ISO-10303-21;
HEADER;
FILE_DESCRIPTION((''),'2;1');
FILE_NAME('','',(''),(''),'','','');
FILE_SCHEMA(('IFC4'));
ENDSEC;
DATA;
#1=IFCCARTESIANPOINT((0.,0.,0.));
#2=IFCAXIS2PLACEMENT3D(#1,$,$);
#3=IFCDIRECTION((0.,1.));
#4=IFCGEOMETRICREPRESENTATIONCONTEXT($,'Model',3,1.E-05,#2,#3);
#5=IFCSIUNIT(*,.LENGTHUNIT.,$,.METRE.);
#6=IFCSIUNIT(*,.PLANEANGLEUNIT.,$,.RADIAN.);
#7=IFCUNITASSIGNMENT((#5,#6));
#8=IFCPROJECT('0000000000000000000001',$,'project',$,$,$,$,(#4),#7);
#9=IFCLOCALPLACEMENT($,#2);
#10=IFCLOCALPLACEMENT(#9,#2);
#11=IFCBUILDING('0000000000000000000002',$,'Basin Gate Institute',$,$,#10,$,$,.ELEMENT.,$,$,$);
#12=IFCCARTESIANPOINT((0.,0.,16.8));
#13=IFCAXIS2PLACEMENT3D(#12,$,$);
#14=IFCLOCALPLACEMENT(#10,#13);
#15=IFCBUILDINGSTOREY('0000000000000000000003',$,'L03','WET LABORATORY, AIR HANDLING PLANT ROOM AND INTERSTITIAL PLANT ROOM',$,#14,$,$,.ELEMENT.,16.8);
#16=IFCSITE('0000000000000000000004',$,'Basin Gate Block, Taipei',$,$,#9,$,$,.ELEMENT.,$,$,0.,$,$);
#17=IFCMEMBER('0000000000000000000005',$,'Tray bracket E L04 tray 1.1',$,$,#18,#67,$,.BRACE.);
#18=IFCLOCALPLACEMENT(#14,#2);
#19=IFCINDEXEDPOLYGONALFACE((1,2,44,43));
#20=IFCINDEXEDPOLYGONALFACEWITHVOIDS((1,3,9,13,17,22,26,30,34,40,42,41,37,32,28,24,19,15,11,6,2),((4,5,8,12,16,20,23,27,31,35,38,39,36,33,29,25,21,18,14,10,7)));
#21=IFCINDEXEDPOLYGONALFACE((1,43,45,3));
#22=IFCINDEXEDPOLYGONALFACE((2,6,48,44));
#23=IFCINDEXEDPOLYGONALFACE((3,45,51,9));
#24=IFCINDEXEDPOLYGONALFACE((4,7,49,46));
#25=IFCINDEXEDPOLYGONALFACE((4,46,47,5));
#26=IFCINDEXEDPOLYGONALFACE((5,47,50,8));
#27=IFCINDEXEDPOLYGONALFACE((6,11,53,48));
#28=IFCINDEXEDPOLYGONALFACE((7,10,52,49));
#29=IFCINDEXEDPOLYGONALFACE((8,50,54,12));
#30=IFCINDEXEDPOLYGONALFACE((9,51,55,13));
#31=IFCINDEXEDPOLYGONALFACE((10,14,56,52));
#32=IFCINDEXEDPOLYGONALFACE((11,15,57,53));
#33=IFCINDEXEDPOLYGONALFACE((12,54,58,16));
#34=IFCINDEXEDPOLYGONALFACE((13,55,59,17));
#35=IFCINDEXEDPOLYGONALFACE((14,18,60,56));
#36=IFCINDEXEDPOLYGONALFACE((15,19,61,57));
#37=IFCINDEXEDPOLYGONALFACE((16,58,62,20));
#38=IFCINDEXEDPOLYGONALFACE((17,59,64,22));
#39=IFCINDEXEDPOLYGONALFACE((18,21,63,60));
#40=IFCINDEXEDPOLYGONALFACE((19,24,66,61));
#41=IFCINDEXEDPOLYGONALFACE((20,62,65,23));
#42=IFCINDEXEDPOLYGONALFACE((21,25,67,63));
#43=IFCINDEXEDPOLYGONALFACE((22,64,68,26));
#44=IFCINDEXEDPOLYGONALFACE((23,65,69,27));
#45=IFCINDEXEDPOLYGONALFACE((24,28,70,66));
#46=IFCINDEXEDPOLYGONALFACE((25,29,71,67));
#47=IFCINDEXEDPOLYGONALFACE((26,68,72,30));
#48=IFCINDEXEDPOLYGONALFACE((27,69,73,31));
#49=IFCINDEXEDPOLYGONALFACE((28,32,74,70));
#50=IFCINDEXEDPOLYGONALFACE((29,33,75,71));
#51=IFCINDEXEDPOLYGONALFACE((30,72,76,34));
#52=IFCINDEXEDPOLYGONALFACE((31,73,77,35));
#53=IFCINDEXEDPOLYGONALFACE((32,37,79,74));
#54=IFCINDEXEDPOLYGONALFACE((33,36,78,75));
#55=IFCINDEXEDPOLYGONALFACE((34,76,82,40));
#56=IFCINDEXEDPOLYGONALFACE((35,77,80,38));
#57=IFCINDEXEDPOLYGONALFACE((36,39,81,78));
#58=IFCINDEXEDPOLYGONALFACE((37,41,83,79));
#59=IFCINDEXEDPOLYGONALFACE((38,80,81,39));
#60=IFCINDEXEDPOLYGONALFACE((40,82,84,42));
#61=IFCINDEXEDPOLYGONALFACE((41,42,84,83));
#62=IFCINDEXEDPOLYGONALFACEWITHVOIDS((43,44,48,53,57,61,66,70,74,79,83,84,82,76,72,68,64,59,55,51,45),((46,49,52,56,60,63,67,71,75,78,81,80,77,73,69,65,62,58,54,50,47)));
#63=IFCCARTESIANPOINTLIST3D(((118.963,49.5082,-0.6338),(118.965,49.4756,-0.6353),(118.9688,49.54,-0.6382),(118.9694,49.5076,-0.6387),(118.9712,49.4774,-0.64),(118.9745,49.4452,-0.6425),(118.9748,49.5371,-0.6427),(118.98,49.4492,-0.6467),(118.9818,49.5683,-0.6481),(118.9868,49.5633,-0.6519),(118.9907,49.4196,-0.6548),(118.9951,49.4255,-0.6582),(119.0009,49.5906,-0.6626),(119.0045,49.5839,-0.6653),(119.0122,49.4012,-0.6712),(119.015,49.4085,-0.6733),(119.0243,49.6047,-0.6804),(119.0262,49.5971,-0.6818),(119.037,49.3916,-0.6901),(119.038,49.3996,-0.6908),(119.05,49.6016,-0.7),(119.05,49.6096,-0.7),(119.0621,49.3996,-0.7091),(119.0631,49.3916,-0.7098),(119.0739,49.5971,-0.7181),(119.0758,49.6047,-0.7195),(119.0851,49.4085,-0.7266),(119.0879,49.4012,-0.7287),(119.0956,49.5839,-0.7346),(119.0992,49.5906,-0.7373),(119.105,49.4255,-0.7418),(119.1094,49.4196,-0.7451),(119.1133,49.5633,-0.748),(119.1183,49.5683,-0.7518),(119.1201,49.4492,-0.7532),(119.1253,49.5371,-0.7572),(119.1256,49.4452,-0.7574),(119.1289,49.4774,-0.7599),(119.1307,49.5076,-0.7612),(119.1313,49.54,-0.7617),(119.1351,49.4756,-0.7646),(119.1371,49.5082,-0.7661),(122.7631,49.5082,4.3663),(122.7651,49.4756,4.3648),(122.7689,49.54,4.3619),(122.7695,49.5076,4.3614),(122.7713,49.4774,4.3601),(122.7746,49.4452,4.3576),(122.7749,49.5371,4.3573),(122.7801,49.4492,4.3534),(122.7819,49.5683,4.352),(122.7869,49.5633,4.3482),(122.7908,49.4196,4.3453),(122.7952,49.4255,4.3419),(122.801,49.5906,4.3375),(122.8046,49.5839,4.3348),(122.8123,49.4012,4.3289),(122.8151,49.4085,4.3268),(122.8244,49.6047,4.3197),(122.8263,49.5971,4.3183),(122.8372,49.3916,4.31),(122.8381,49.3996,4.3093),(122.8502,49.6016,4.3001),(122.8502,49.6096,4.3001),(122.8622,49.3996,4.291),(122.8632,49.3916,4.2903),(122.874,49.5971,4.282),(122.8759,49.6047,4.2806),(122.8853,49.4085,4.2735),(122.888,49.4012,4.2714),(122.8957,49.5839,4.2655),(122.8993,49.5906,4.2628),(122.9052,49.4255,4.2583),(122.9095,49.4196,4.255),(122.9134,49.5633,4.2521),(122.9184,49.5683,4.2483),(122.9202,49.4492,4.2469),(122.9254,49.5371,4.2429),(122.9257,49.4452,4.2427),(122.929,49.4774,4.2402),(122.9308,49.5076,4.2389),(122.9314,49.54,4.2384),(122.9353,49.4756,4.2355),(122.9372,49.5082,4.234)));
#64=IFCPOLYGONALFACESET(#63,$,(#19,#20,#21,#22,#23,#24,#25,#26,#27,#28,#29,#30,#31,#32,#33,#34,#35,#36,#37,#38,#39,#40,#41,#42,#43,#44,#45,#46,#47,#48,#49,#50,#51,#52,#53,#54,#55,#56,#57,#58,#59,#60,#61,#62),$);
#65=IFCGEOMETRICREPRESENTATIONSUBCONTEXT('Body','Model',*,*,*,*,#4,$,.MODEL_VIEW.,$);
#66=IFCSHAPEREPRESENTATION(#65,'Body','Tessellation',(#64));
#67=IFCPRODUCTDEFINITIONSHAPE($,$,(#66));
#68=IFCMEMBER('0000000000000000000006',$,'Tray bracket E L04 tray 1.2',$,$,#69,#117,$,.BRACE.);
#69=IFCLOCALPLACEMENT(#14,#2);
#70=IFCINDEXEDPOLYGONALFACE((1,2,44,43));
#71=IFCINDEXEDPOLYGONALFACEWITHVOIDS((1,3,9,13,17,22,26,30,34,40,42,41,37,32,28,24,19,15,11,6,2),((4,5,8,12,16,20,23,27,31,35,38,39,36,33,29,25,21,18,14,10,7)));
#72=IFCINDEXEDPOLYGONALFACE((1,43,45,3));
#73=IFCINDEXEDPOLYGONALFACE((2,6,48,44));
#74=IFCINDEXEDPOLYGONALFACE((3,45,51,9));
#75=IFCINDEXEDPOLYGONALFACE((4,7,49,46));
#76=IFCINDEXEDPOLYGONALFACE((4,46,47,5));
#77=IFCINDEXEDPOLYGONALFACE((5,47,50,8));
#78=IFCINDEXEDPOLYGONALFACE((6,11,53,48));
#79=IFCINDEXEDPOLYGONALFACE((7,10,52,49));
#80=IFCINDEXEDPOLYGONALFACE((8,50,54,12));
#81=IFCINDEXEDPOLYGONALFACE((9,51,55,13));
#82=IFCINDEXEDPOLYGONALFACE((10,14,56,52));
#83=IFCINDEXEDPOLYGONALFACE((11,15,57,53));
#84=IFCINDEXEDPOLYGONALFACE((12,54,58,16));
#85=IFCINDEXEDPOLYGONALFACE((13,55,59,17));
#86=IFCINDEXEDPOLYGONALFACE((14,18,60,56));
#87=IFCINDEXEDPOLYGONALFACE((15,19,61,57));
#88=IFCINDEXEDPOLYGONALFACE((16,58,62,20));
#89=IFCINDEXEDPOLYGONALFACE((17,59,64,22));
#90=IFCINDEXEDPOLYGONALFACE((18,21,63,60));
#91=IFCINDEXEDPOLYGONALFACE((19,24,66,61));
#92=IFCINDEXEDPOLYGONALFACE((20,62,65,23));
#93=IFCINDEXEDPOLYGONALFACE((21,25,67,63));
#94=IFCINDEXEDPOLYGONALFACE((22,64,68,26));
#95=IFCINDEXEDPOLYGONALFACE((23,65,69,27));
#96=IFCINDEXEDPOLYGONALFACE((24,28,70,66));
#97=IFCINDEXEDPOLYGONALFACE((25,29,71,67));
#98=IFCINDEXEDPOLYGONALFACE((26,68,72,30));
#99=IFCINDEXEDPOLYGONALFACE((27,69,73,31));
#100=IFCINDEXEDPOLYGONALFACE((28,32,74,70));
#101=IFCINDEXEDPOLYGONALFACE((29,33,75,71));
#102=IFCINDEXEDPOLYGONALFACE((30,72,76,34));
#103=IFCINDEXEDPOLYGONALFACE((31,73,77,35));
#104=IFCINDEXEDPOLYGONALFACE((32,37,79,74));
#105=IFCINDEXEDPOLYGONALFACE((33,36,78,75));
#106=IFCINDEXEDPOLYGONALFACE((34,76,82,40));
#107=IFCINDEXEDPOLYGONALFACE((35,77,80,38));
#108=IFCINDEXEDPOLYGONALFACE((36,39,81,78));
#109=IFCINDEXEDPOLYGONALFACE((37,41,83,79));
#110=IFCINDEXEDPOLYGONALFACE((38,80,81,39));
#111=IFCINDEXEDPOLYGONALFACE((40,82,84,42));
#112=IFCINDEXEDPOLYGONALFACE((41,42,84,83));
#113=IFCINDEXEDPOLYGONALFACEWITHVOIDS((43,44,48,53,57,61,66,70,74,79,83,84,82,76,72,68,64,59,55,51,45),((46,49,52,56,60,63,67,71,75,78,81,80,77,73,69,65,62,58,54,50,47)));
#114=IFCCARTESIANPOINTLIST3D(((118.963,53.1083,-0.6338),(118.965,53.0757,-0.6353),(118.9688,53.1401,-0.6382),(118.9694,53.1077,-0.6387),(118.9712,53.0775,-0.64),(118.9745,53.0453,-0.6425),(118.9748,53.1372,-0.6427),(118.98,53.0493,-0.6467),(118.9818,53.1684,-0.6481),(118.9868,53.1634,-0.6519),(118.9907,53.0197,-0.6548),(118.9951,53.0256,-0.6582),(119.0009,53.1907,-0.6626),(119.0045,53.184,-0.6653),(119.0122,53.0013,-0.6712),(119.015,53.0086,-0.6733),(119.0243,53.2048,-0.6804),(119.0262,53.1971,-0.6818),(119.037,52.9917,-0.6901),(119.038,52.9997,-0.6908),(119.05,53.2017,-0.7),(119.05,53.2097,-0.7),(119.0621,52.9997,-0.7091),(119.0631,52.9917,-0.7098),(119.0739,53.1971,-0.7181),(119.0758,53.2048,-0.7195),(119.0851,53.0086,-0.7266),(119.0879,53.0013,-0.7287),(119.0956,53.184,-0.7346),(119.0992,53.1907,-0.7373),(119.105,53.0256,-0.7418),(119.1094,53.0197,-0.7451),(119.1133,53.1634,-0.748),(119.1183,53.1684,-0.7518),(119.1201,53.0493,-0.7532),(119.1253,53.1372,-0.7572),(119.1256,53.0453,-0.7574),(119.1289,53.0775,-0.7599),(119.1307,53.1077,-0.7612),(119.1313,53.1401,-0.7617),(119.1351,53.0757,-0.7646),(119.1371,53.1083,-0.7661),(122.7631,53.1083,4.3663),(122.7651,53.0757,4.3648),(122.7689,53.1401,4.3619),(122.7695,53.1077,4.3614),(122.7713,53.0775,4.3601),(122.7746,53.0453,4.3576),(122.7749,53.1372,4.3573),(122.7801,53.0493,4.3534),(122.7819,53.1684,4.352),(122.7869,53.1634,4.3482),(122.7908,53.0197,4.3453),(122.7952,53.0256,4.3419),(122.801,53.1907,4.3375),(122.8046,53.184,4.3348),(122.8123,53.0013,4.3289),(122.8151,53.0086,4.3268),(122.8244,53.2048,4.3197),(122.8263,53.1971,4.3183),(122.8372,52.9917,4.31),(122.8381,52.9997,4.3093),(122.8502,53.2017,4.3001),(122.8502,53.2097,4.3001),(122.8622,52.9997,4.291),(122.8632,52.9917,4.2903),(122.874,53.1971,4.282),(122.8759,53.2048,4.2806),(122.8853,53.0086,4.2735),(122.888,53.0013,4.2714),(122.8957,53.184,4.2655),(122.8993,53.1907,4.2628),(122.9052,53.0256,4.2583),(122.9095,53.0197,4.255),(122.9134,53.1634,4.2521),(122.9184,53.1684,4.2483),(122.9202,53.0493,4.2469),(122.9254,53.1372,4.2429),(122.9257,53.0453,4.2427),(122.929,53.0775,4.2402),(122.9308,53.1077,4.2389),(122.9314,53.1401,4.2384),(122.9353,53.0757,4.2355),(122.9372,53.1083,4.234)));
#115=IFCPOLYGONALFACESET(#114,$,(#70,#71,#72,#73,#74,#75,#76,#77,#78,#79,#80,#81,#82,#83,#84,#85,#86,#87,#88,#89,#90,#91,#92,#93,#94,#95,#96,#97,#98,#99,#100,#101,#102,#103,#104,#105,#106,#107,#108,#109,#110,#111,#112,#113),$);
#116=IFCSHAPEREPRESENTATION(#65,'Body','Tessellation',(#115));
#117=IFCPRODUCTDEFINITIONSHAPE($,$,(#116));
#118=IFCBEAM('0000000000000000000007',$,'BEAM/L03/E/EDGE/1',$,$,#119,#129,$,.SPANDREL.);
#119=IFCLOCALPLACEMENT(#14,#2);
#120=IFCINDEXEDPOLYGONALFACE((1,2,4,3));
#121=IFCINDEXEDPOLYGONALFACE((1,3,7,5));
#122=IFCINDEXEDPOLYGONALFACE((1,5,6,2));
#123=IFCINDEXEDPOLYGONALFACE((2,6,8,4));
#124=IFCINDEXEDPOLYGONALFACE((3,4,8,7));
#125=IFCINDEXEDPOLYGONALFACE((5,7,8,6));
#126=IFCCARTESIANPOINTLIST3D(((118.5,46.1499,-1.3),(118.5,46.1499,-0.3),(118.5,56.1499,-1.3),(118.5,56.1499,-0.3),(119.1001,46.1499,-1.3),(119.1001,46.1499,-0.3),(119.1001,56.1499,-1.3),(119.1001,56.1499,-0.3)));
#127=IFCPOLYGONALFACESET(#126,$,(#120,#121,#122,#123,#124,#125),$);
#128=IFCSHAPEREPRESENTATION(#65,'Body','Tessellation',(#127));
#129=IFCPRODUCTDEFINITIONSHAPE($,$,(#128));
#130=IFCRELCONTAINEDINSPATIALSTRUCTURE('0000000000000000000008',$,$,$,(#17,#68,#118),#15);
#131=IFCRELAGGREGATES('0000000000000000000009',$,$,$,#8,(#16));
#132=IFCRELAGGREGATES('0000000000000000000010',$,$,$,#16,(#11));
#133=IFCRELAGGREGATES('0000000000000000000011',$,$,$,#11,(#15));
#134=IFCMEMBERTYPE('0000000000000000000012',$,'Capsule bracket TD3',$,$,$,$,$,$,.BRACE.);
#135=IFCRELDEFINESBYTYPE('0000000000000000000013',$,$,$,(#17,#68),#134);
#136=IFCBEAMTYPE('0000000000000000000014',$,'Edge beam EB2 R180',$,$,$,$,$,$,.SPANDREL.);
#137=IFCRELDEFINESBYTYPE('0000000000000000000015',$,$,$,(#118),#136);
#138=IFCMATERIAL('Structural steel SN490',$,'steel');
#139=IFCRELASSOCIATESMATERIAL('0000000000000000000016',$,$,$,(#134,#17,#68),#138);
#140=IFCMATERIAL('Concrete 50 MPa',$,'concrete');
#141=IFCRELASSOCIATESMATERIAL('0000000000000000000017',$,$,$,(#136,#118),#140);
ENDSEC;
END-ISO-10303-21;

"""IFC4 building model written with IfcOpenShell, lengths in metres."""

from ifc_helpers import new_model, si_unit, direction, frame, origin, origin_2d, place, context, subcontext, project, spatial, rectangle, hollow_circle, extrude, material, material_profile, profile_set, type_object, element, save


model = new_model("IFC4")

# Units and contexts
model_context = context("Model", 3, precision=1e-05, world=origin(), true_north=direction((0.0, 1.0)))
body_context = subcontext(model_context, "Body", "Model", "MODEL_VIEW")
ifc_project = project(units=[si_unit("LENGTHUNIT", "METRE"), si_unit("PLANEANGLEUNIT", "RADIAN")], contexts=[model_context])

# Site, building, storey
site_placement = place(None, origin())
site = spatial("IfcSite", under=ifc_project, at=site_placement, Name="Basin Gate Block, Taipei", CompositionType="ELEMENT", RefElevation=0.0)
building_placement = place(site_placement, origin())
building = spatial("IfcBuilding", under=site, at=building_placement, Name="Basin Gate Institute", CompositionType="ELEMENT")
storey_placement = place(building_placement, frame((0.0, 0.0, 16.8)))
storey = spatial("IfcBuildingStorey", under=building, at=storey_placement, Name="L03", Description="WET LABORATORY, AIR HANDLING PLANT ROOM AND INTERSTITIAL PLANT ROOM", CompositionType="ELEMENT", Elevation=16.8)

# Members
ifc_material_1 = material(Name="Structural steel SN490", Category="steel")
ifc_material_profile_1 = material_profile(ifc_material_1, hollow_circle(Radius=0.1096, WallThickness=0.0081, at=origin_2d()), Name="CHS219x8")
ifc_profile_set_1 = profile_set([ifc_material_profile_1], Name="Structural steel SN490")
member_type = type_object("IfcMemberType", Name="Capsule bracket TD3", PredefinedType="BRACE", material=ifc_profile_set_1)
for number, where, z_axis, x_axis, name in (
    (1, (119.05, 49.5, -0.7), (0.605088, 0.0, 0.796158), (0.0, 1.0, 0.0), "Tray bracket E L04 tray 1.1"),
    (2, (119.05, 53.1001, -0.7), (0.605088, 0.0, 0.796158), (0.0, 1.0, 0.0), "Tray bracket E L04 tray 1.2"),
):
    element("IfcMember", number, at=place(storey_placement, frame(where, z_axis=z_axis, x_axis=x_axis)), inside=storey, type_object=member_type, material=ifc_profile_set_1, Name=name, PredefinedType="BRACE", context=body_context, shape_type="SweptSolid", body=[
        extrude(hollow_circle(Radius=0.1096, WallThickness=0.0081, at=origin_2d()), origin(), (0.0, 0.0, 1.0), 6.2803),
    ])

# Beam
ifc_material_2 = material(Name="Concrete 50 MPa", Category="concrete")
ifc_material_profile_2 = material_profile(ifc_material_2, rectangle(XDim=0.6001, YDim=1.0, at=origin_2d()), Name="Edge beam EB2 600 x 1000")
ifc_profile_set_2 = profile_set([ifc_material_profile_2], Name="Concrete 50 MPa")
beam_type = type_object("IfcBeamType", Name="Edge beam EB2 R180", PredefinedType="SPANDREL", material=ifc_profile_set_2)
beam_placement = place(storey_placement, frame((118.8, 46.1499, -0.8), z_axis=(0.0, 1.0, 0.0), x_axis=(-1.0, 0.0, 0.0)))
element("IfcBeam", 3, at=beam_placement, inside=storey, type_object=beam_type, material=ifc_profile_set_2, Name="BEAM/L03/E/EDGE/1", PredefinedType="SPANDREL", context=body_context, shape_type="SweptSolid", body=[
    extrude(rectangle(XDim=0.6001, YDim=1.0, at=origin_2d()), origin(), (0.0, 0.0, 1.0), 10.0),
])

save(model, "model.ifc")
